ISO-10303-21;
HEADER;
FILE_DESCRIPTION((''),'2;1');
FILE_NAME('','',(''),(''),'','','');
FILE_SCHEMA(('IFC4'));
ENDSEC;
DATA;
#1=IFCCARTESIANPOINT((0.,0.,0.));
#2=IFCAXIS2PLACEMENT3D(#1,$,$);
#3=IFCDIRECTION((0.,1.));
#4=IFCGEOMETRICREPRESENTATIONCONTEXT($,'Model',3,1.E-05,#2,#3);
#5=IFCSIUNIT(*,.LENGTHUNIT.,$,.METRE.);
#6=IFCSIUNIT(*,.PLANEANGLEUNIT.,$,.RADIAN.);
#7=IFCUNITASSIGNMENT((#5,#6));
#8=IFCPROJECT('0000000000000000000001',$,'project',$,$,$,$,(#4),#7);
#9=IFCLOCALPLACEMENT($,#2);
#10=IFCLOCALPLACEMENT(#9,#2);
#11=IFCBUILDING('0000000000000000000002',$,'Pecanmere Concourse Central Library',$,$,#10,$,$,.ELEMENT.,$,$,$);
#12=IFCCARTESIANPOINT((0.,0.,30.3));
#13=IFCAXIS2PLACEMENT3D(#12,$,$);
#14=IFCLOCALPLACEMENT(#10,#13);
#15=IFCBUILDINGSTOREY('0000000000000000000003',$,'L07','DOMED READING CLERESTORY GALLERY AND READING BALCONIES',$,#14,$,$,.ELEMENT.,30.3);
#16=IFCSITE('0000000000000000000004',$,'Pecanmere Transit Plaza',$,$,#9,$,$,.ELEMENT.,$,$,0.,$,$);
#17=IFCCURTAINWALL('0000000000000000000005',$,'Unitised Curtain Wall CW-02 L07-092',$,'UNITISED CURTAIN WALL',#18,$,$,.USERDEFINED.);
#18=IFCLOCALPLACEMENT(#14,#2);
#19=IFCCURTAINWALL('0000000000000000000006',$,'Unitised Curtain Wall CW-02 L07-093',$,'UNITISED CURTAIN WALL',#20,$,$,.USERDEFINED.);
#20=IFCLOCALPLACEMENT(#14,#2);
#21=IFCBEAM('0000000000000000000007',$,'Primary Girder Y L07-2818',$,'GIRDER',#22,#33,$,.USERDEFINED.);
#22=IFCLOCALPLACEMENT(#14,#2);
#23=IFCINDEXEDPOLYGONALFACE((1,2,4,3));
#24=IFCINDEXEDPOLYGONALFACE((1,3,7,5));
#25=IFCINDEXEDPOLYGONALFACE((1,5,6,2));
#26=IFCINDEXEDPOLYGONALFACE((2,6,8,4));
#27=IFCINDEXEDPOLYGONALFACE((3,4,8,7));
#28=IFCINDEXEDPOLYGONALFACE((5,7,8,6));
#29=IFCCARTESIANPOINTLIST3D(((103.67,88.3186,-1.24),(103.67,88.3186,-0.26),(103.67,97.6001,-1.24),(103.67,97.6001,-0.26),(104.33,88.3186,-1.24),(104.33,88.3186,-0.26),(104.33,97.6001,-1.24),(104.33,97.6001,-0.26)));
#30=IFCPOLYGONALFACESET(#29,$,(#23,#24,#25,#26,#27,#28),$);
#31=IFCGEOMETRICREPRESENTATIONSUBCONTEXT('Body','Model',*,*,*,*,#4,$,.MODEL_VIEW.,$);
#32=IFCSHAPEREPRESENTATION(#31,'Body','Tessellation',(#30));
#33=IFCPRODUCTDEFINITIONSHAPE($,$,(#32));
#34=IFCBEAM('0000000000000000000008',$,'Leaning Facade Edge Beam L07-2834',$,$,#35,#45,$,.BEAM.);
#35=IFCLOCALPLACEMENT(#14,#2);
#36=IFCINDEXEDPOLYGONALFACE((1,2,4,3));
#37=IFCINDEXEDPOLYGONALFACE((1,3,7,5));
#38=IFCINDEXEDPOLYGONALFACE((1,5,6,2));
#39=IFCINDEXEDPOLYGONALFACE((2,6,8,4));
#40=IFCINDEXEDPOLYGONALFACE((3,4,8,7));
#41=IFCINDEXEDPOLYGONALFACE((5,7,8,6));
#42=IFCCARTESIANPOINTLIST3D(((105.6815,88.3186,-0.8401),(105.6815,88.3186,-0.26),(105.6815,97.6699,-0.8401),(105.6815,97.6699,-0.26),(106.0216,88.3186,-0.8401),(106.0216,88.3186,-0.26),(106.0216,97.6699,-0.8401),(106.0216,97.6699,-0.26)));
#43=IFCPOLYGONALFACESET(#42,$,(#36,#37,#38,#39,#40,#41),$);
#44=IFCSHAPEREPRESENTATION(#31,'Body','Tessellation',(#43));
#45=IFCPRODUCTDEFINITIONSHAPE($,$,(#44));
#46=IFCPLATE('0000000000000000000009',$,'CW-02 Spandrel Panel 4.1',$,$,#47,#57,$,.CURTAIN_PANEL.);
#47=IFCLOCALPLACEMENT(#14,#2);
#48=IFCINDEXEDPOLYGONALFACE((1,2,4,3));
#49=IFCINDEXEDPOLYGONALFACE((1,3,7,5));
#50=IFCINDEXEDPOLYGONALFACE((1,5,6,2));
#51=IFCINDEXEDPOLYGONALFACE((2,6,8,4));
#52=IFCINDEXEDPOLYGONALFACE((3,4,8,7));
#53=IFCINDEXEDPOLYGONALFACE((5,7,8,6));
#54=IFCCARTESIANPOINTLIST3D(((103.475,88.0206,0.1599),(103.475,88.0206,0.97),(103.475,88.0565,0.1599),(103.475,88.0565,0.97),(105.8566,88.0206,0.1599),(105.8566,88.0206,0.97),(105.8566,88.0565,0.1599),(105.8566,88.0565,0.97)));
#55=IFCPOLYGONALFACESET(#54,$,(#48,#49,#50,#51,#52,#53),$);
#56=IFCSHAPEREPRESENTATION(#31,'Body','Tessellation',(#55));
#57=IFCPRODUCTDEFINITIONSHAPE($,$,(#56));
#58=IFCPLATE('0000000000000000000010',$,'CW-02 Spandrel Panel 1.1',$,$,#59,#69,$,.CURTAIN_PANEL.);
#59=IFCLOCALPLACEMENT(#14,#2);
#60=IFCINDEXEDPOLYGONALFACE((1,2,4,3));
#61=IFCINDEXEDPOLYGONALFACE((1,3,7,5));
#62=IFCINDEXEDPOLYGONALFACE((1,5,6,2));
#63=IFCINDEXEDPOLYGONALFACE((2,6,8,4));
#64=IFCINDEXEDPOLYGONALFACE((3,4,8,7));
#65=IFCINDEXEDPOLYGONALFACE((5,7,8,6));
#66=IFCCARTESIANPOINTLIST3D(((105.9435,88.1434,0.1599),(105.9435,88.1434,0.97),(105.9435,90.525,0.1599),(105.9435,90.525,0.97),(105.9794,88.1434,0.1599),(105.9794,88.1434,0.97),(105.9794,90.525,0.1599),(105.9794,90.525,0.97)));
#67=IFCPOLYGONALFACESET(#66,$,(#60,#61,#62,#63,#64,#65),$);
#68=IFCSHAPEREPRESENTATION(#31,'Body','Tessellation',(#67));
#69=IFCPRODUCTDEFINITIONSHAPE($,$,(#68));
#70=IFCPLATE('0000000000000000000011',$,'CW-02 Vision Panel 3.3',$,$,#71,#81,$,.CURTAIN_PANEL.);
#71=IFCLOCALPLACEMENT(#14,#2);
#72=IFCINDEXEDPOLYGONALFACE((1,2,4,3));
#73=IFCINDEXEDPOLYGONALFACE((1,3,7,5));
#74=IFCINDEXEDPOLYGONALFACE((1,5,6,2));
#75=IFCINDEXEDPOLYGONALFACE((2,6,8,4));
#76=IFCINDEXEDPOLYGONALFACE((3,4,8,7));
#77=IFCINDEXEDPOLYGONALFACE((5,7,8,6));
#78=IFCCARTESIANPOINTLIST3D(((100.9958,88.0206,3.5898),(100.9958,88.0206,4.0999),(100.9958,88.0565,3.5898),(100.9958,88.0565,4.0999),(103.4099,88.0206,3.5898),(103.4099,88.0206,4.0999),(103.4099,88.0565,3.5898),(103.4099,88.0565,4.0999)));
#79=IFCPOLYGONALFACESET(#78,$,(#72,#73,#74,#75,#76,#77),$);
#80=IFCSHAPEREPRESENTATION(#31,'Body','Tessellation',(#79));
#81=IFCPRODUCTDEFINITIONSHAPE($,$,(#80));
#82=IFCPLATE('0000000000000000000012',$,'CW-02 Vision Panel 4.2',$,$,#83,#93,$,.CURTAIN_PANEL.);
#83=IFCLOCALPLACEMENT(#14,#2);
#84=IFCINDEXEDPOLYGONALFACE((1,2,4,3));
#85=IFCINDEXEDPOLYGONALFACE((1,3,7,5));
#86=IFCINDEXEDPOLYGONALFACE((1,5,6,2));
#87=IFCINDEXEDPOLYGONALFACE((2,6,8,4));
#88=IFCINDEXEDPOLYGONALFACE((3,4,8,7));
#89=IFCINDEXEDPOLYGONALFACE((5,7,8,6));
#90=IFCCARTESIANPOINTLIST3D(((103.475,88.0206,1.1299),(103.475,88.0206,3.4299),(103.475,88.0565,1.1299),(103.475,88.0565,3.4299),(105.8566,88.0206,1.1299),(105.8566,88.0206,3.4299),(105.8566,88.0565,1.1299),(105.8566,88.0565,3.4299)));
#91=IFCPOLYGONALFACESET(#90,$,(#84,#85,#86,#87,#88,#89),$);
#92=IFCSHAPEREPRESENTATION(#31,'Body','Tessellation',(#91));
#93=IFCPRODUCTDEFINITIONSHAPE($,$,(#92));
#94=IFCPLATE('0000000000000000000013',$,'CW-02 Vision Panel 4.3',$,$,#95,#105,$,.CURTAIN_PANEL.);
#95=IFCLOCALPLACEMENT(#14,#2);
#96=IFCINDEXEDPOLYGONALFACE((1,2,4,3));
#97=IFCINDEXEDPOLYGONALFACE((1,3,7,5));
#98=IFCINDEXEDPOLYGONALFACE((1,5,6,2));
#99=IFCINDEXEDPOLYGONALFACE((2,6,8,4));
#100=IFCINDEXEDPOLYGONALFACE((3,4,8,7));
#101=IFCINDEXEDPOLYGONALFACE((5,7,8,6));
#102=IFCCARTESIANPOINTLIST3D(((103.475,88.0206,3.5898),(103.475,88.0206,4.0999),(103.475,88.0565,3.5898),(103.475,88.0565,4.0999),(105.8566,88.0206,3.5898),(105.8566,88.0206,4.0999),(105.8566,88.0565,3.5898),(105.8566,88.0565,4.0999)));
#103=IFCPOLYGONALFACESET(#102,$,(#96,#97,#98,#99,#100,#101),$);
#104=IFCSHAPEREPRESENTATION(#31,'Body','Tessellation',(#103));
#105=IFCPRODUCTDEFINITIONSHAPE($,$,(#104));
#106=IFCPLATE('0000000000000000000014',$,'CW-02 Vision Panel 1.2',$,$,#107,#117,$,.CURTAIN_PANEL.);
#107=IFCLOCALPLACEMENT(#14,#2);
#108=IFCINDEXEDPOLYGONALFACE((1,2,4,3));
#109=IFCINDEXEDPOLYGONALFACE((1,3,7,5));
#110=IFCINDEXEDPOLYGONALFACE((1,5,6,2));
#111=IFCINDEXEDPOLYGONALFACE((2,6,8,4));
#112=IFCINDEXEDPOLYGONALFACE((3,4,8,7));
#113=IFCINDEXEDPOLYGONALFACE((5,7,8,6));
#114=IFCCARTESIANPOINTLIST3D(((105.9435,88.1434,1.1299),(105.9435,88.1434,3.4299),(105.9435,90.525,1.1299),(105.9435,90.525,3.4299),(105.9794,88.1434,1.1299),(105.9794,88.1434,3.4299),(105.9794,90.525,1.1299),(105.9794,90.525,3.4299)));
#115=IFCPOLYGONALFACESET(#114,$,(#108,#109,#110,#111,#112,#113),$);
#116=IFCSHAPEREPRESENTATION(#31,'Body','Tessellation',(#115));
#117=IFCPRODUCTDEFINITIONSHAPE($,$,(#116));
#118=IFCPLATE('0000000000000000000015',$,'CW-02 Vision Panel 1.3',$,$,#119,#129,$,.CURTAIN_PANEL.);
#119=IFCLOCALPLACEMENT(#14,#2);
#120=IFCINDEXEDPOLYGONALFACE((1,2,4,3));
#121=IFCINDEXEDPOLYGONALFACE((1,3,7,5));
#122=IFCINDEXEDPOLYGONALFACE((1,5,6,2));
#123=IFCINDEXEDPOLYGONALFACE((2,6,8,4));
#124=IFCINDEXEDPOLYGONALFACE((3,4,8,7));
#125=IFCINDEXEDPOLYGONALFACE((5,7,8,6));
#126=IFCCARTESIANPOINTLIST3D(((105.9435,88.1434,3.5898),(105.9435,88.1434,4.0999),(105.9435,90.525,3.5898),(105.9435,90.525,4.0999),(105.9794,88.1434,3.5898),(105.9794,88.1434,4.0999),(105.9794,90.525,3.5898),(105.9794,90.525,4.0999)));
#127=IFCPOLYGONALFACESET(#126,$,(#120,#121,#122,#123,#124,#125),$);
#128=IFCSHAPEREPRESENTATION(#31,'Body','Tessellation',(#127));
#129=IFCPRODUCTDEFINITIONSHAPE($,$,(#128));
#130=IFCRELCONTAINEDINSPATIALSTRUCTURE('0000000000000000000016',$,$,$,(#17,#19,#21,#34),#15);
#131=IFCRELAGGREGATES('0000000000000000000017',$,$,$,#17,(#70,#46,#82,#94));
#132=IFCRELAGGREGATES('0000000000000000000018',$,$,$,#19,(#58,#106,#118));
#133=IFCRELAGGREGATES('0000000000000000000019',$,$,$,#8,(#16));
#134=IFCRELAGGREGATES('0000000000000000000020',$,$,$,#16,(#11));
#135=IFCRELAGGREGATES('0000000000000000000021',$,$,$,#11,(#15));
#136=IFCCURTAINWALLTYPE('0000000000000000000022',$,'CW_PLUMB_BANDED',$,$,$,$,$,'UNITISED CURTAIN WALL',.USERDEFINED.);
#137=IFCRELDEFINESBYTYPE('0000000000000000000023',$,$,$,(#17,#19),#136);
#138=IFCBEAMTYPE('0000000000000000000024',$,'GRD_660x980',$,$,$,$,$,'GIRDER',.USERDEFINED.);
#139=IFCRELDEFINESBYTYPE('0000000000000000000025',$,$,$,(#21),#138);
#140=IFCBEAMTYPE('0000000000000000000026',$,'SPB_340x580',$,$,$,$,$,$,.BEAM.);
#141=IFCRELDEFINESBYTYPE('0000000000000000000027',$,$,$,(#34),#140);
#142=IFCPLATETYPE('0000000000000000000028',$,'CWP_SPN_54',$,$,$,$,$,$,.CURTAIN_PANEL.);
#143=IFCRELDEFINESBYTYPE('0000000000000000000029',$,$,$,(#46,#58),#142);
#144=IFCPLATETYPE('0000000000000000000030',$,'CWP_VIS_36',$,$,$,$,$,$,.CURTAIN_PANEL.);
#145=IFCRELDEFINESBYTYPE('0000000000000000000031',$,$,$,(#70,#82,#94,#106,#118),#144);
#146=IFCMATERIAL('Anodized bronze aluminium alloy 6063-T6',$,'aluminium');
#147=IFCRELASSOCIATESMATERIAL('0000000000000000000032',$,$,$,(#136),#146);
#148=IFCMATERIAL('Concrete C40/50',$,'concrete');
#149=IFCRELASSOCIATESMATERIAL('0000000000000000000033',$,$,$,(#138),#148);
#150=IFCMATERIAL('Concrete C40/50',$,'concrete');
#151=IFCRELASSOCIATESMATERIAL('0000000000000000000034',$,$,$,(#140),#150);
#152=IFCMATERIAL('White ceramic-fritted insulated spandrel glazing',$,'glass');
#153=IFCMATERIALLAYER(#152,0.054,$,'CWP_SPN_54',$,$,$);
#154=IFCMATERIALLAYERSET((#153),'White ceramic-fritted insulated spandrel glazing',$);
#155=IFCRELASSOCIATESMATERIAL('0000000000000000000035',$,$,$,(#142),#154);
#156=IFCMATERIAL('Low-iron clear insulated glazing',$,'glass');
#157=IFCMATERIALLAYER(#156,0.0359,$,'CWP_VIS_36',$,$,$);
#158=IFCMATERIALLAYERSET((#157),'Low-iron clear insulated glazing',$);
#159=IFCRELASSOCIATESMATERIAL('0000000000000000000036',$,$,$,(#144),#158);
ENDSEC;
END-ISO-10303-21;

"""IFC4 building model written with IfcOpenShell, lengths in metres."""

from ifc_helpers import new_model, si_unit, direction, frame, origin, origin_2d, place, context, subcontext, project, spatial, rectangle, extrude, material, layer, layer_set, material_profile, profile_set, type_object, element, aggregate, save


model = new_model("IFC4")

# Units and contexts
model_context = context("Model", 3, precision=1e-05, world=origin(), true_north=direction((0.0, 1.0)))
body_context = subcontext(model_context, "Body", "Model", "MODEL_VIEW")
ifc_project = project(units=[si_unit("LENGTHUNIT", "METRE"), si_unit("PLANEANGLEUNIT", "RADIAN")], contexts=[model_context])

# Site, building, storey
site_placement = place(None, origin())
site = spatial("IfcSite", under=ifc_project, at=site_placement, Name="Pecanmere Transit Plaza", CompositionType="ELEMENT", RefElevation=0.0)
building_placement = place(site_placement, origin())
building = spatial("IfcBuilding", under=site, at=building_placement, Name="Pecanmere Concourse Central Library", CompositionType="ELEMENT")
storey_placement = place(building_placement, frame((0.0, 0.0, 30.3)))
storey = spatial("IfcBuildingStorey", under=building, at=storey_placement, Name="L07", Description="DOMED READING CLERESTORY GALLERY AND READING BALCONIES", CompositionType="ELEMENT", Elevation=30.3)

# Curtain wall
ifc_material_1 = material(Name="Anodized bronze aluminium alloy 6063-T6", Category="aluminium")
curtain_wall_type = type_object("IfcCurtainWallType", Name="CW_PLUMB_BANDED", ElementType="UNITISED CURTAIN WALL", PredefinedType="USERDEFINED", material=ifc_material_1)
curtain_wall_1_placement = place(storey_placement, origin())
curtain_wall_1 = element("IfcCurtainWall", 1, at=curtain_wall_1_placement, inside=storey, type_object=curtain_wall_type, Name="Unitised Curtain Wall CW-02 L07-092", ObjectType="UNITISED CURTAIN WALL", PredefinedType="USERDEFINED")

# Curtain wall
curtain_wall_2_placement = place(storey_placement, origin())
curtain_wall_2 = element("IfcCurtainWall", 2, at=curtain_wall_2_placement, inside=storey, type_object=curtain_wall_type, Name="Unitised Curtain Wall CW-02 L07-093", ObjectType="UNITISED CURTAIN WALL", PredefinedType="USERDEFINED")

# Beams
ifc_material_2 = material(Name="Concrete C40/50", Category="concrete")
ifc_material_profile_1 = material_profile(ifc_material_2, rectangle(XDim=0.6599, YDim=0.98, at=origin_2d()), Name="RC 660x980")
ifc_profile_set_1 = profile_set([ifc_material_profile_1], Name="Concrete C40/50")
beam_type_1 = type_object("IfcBeamType", Name="GRD_660x980", ElementType="GIRDER", PredefinedType="USERDEFINED", material=ifc_profile_set_1)
beam_1_placement = place(storey_placement, frame((104.0, 88.3186, -0.75), z_axis=(0.0, 1.0, 0.0), x_axis=(-1.0, 0.0, 0.0)))
element("IfcBeam", 3, at=beam_1_placement, inside=storey, type_object=beam_type_1, Name="Primary Girder Y L07-2818", ObjectType="GIRDER", PredefinedType="USERDEFINED", context=body_context, shape_type="SweptSolid", body=[
    extrude(rectangle(XDim=0.6599, YDim=0.98, at=origin_2d()), origin(), (0.0, 0.0, 1.0), 9.2815),
])
ifc_material_3 = material(Name="Concrete C40/50", Category="concrete")
ifc_material_profile_2 = material_profile(ifc_material_3, rectangle(XDim=0.3401, YDim=0.5801, at=origin_2d()), Name="RC 340x580")
ifc_profile_set_2 = profile_set([ifc_material_profile_2], Name="Concrete C40/50")
beam_type_2 = type_object("IfcBeamType", Name="SPB_340x580", PredefinedType="BEAM", material=ifc_profile_set_2)
beam_2_placement = place(storey_placement, frame((105.8516, 88.3186, -0.55), z_axis=(0.0, 1.0, 0.0), x_axis=(-1.0, 0.0, 0.0)))
element("IfcBeam", 4, at=beam_2_placement, inside=storey, type_object=beam_type_2, Name="Leaning Facade Edge Beam L07-2834", PredefinedType="BEAM", context=body_context, shape_type="SweptSolid", body=[
    extrude(rectangle(XDim=0.3401, YDim=0.5801, at=origin_2d()), origin(), (0.0, 0.0, 1.0), 9.3513),
])

# Plates
ifc_material_4 = material(Name="White ceramic-fritted insulated spandrel glazing", Category="glass")
ifc_layer_1 = layer(ifc_material_4, 0.054, Name="CWP_SPN_54")
ifc_layer_set_1 = layer_set([ifc_layer_1], Name="White ceramic-fritted insulated spandrel glazing")
plate_type_1 = type_object("IfcPlateType", Name="CWP_SPN_54", PredefinedType="CURTAIN_PANEL", material=ifc_layer_set_1)
plate_1_placement = place(storey_placement, frame((104.6658, 88.0386, 0.1599), z_axis=(0.0, 0.0, 1.0), x_axis=(1.0, 0.0, 0.0)))
plate_1 = element("IfcPlate", 5, at=plate_1_placement, type_object=plate_type_1, Name="CW-02 Spandrel Panel 4.1", PredefinedType="CURTAIN_PANEL", context=body_context, shape_type="SweptSolid", body=[
    extrude(rectangle(XDim=2.3816, YDim=0.0359, at=origin_2d()), origin(), (0.0, 0.0, 1.0), 0.8101),
])
plate_2_placement = place(storey_placement, frame((105.9614, 89.3342, 0.1599), z_axis=(0.0, 0.0, 1.0), x_axis=(0.0, 1.0, 0.0)))
plate_2 = element("IfcPlate", 6, at=plate_2_placement, type_object=plate_type_1, Name="CW-02 Spandrel Panel 1.1", PredefinedType="CURTAIN_PANEL", context=body_context, shape_type="SweptSolid", body=[
    extrude(rectangle(XDim=2.3816, YDim=0.0359, at=origin_2d()), origin(), (0.0, 0.0, 1.0), 0.8101),
])
ifc_material_5 = material(Name="Low-iron clear insulated glazing", Category="glass")
ifc_layer_2 = layer(ifc_material_5, 0.0359, Name="CWP_VIS_36")
ifc_layer_set_2 = layer_set([ifc_layer_2], Name="Low-iron clear insulated glazing")
plate_type_2 = type_object("IfcPlateType", Name="CWP_VIS_36", PredefinedType="CURTAIN_PANEL", material=ifc_layer_set_2)
plate_3_placement = place(storey_placement, frame((102.2029, 88.0386, 3.5898), z_axis=(0.0, 0.0, 1.0), x_axis=(1.0, 0.0, 0.0)))
plate_3 = element("IfcPlate", 7, at=plate_3_placement, type_object=plate_type_2, Name="CW-02 Vision Panel 3.3", PredefinedType="CURTAIN_PANEL", context=body_context, shape_type="SweptSolid", body=[
    extrude(rectangle(XDim=2.4141, YDim=0.0359, at=origin_2d()), origin(), (0.0, 0.0, 1.0), 0.51),
])
plate_4_placement = place(storey_placement, frame((104.6658, 88.0386, 1.1299), z_axis=(0.0, 0.0, 1.0), x_axis=(1.0, 0.0, 0.0)))
plate_4 = element("IfcPlate", 8, at=plate_4_placement, type_object=plate_type_2, Name="CW-02 Vision Panel 4.2", PredefinedType="CURTAIN_PANEL", context=body_context, shape_type="SweptSolid", body=[
    extrude(rectangle(XDim=2.3816, YDim=0.0359, at=origin_2d()), origin(), (0.0, 0.0, 1.0), 2.3),
])
plate_5_placement = place(storey_placement, frame((104.6658, 88.0386, 3.5898), z_axis=(0.0, 0.0, 1.0), x_axis=(1.0, 0.0, 0.0)))
plate_5 = element("IfcPlate", 9, at=plate_5_placement, type_object=plate_type_2, Name="CW-02 Vision Panel 4.3", PredefinedType="CURTAIN_PANEL", context=body_context, shape_type="SweptSolid", body=[
    extrude(rectangle(XDim=2.3816, YDim=0.0359, at=origin_2d()), origin(), (0.0, 0.0, 1.0), 0.51),
])
aggregate(curtain_wall_1, [plate_3, plate_1, plate_4, plate_5])
plate_6_placement = place(storey_placement, frame((105.9614, 89.3342, 1.1299), z_axis=(0.0, 0.0, 1.0), x_axis=(0.0, 1.0, 0.0)))
plate_6 = element("IfcPlate", 10, at=plate_6_placement, type_object=plate_type_2, Name="CW-02 Vision Panel 1.2", PredefinedType="CURTAIN_PANEL", context=body_context, shape_type="SweptSolid", body=[
    extrude(rectangle(XDim=2.3816, YDim=0.0359, at=origin_2d()), origin(), (0.0, 0.0, 1.0), 2.3),
])
plate_7_placement = place(storey_placement, frame((105.9614, 89.3342, 3.5898), z_axis=(0.0, 0.0, 1.0), x_axis=(0.0, 1.0, 0.0)))
plate_7 = element("IfcPlate", 11, at=plate_7_placement, type_object=plate_type_2, Name="CW-02 Vision Panel 1.3", PredefinedType="CURTAIN_PANEL", context=body_context, shape_type="SweptSolid", body=[
    extrude(rectangle(XDim=2.3816, YDim=0.0359, at=origin_2d()), origin(), (0.0, 0.0, 1.0), 0.51),
])
aggregate(curtain_wall_2, [plate_2, plate_6, plate_7])

save(model, "model.ifc")
